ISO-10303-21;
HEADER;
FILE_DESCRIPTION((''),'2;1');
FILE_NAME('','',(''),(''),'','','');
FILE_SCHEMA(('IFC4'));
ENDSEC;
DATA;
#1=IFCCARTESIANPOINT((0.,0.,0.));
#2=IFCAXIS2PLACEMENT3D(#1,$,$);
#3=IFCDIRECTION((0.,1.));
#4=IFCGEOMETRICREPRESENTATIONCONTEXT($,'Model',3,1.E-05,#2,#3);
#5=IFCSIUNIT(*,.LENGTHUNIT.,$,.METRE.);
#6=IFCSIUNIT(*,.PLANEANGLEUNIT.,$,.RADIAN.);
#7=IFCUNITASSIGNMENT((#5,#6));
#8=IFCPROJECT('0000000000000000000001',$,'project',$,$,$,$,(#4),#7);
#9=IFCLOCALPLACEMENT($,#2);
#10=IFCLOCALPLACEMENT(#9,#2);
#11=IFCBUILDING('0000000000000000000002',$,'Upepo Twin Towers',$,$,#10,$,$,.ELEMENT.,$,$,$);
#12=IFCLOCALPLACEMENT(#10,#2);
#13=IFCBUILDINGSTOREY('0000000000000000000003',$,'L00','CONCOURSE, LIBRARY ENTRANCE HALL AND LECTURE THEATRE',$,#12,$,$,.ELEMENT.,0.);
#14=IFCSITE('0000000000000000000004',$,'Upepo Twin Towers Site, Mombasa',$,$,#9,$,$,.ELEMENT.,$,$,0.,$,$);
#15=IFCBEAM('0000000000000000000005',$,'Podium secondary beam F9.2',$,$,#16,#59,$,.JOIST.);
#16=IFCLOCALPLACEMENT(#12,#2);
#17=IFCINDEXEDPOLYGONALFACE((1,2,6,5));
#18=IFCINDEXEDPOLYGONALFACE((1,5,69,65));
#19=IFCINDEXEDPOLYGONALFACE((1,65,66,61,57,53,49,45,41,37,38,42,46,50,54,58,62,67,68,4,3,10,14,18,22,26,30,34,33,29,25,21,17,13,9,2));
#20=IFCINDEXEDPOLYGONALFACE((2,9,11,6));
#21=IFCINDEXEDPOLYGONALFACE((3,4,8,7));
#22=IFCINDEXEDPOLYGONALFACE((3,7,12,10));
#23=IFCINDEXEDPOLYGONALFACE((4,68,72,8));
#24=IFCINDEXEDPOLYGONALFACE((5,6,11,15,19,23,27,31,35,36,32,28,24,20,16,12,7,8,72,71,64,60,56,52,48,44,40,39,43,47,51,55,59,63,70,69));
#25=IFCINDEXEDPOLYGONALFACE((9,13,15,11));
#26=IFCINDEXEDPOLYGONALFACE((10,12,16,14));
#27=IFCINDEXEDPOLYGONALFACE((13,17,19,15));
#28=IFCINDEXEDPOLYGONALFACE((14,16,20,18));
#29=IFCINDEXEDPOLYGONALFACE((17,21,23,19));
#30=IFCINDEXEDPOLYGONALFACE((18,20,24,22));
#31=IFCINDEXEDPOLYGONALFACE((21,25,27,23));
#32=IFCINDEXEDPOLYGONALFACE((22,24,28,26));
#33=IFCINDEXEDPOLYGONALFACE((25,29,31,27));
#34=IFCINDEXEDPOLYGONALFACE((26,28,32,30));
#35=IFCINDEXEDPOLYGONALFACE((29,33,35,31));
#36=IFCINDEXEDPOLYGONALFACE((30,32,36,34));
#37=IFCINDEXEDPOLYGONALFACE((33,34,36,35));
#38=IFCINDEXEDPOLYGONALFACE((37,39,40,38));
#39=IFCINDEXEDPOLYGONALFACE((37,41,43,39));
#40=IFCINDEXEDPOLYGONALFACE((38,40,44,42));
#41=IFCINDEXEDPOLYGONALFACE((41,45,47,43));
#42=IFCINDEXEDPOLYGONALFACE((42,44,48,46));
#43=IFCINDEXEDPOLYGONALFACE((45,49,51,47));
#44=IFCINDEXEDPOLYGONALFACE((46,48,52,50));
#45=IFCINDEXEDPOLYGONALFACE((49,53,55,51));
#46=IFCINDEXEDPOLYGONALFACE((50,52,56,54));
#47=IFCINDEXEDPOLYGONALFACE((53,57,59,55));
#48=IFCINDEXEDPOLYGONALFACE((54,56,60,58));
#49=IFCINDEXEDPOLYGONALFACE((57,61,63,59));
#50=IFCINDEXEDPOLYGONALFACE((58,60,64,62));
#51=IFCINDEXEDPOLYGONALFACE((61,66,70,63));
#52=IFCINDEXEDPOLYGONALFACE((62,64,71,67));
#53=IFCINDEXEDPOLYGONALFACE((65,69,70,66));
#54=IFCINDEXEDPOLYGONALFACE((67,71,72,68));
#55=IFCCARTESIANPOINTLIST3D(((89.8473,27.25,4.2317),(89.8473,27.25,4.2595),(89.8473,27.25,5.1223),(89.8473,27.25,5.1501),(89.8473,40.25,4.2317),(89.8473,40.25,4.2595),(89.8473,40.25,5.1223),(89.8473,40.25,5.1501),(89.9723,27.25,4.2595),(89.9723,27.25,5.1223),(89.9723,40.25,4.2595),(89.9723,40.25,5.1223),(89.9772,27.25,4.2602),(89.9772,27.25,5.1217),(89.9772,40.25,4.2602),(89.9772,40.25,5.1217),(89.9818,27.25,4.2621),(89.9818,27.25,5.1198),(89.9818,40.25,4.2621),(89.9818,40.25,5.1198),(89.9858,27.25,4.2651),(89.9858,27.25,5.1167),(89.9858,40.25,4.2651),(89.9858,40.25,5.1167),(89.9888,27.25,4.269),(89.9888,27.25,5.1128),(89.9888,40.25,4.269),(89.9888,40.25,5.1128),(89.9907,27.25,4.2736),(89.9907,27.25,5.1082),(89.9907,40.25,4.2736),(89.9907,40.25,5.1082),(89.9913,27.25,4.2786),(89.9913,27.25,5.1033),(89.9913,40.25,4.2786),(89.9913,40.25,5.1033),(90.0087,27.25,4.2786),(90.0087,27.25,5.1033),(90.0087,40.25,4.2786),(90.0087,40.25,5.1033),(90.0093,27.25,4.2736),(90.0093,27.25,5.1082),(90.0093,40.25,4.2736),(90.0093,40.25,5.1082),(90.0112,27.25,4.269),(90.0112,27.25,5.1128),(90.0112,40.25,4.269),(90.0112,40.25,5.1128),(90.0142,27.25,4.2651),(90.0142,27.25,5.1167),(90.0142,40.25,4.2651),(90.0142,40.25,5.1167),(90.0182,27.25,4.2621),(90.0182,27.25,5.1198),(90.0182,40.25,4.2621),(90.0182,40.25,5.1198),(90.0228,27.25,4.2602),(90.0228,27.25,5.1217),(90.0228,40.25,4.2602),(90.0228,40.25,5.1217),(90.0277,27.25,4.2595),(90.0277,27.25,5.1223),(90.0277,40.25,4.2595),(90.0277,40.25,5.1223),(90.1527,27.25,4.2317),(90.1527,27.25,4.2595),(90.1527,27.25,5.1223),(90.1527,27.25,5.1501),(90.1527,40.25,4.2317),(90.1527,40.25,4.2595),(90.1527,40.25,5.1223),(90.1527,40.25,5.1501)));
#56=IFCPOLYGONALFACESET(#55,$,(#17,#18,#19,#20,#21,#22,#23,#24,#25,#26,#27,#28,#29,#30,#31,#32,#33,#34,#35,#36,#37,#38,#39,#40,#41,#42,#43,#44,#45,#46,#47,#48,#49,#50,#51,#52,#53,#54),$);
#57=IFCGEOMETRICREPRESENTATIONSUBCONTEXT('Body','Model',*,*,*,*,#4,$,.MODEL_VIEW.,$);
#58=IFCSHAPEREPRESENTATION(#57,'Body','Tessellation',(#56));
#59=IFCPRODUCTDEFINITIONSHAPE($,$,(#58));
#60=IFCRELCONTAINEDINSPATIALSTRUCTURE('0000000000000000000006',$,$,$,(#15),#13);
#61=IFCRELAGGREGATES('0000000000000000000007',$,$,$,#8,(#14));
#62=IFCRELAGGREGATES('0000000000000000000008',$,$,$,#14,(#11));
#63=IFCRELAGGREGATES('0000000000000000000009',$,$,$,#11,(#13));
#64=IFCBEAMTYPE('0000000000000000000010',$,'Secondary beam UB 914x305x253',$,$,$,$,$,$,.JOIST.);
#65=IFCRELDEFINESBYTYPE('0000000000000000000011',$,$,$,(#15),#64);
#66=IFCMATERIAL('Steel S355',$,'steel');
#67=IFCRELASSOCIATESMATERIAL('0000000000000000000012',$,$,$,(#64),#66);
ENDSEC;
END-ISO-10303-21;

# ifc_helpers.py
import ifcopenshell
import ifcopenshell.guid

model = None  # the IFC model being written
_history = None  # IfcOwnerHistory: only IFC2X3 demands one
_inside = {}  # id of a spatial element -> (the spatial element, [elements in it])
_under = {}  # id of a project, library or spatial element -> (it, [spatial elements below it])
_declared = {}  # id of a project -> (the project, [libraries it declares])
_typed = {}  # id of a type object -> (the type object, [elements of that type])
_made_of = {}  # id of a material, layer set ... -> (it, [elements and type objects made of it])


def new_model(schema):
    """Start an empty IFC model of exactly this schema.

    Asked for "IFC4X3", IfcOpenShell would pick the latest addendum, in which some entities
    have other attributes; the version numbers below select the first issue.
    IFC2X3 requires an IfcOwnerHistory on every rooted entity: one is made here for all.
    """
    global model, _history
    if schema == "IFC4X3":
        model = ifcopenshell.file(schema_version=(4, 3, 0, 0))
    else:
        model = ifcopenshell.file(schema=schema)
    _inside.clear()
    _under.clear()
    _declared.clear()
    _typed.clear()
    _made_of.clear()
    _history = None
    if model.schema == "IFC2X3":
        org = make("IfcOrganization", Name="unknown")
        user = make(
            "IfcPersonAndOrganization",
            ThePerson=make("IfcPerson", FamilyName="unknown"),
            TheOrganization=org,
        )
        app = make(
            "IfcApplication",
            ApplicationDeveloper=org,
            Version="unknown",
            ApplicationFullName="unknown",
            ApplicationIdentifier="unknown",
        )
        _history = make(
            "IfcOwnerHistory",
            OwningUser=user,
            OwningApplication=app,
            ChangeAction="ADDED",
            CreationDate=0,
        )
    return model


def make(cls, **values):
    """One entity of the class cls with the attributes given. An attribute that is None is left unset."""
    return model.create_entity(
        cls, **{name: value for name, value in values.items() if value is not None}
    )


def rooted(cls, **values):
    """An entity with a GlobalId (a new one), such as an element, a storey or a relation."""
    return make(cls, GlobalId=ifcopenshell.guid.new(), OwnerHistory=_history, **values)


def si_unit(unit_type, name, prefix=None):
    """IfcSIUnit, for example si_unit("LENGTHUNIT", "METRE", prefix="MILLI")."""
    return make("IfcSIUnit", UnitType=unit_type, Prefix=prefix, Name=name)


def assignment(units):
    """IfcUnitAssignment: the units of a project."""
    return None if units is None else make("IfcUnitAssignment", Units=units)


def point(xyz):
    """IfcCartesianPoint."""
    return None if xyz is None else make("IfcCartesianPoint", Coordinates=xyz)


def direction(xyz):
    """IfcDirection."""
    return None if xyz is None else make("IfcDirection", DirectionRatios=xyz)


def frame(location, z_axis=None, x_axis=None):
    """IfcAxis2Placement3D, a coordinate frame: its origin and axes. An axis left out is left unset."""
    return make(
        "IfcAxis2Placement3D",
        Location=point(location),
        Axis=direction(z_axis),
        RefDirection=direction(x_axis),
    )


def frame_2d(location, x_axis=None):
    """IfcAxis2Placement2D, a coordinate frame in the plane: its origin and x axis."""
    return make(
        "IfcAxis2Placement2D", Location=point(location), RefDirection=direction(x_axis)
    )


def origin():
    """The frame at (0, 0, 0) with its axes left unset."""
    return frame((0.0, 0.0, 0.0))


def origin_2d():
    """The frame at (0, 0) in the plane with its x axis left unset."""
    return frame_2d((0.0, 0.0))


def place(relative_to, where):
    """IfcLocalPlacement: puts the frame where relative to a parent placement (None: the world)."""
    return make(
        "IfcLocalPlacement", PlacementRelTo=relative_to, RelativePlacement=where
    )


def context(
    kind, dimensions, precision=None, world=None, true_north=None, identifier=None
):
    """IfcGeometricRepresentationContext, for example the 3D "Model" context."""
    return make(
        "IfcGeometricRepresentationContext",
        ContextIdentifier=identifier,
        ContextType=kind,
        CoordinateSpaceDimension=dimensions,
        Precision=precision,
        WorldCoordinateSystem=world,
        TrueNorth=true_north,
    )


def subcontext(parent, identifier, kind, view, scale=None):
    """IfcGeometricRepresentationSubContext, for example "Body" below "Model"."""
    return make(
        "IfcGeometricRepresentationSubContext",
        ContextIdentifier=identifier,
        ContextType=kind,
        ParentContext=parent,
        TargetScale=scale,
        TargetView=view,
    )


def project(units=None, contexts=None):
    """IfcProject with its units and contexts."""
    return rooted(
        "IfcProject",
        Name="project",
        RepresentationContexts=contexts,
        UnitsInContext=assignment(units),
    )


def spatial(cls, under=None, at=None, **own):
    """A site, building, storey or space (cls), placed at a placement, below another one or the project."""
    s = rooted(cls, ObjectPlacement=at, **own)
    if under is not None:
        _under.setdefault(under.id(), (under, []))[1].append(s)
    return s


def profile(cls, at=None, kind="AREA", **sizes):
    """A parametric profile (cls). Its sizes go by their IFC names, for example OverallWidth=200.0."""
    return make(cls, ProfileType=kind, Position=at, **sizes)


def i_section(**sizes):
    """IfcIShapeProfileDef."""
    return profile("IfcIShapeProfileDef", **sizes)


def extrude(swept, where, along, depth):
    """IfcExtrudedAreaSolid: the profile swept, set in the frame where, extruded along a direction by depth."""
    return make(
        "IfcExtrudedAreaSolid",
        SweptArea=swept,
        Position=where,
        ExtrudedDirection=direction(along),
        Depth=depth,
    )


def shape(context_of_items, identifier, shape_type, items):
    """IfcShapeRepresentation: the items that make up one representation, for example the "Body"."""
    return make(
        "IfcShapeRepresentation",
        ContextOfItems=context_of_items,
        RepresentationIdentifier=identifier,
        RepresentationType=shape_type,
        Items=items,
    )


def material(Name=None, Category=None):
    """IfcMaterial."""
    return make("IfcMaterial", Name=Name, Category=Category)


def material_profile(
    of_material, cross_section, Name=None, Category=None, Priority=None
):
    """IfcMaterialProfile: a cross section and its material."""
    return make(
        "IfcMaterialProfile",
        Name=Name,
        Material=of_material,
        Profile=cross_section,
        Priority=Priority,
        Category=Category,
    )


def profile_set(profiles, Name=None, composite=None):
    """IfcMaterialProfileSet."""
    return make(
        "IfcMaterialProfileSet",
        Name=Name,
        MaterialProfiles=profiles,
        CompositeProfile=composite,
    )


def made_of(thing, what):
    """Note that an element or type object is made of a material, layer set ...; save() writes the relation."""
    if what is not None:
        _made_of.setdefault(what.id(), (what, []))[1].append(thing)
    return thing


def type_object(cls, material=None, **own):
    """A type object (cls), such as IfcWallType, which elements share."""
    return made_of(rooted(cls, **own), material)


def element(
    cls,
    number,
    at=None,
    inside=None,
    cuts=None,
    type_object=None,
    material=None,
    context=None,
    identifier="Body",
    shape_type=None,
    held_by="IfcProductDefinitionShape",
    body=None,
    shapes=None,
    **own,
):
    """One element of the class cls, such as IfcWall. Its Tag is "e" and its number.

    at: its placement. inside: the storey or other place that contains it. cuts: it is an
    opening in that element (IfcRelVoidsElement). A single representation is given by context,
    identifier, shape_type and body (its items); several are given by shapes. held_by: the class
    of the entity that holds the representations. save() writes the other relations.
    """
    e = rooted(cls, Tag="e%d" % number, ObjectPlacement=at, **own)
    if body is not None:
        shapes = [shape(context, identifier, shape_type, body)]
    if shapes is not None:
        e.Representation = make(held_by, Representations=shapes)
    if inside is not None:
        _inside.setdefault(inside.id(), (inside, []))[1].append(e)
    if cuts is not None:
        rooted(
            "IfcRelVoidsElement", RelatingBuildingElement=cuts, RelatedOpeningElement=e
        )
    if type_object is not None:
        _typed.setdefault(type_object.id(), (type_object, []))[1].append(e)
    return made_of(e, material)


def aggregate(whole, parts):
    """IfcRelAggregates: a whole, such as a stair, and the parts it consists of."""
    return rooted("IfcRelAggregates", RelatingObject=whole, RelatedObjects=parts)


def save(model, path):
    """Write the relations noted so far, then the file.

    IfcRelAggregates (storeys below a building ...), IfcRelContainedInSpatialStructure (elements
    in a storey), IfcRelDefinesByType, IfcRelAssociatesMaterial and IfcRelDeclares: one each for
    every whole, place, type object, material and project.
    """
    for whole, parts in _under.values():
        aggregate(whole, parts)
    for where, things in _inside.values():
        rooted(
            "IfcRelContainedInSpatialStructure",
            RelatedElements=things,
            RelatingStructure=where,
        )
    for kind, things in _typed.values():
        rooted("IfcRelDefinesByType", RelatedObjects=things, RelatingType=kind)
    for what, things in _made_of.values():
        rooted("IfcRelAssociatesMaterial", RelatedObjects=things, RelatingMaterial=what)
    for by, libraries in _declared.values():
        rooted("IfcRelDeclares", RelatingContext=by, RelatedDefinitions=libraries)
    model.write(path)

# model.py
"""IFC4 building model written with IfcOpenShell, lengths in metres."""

from ifc_helpers import new_model, si_unit, direction, frame, origin, origin_2d, place, context, subcontext, project, spatial, i_section, extrude, material, material_profile, profile_set, type_object, element, save


model = new_model("IFC4")

# Units and contexts
model_context = context("Model", 3, precision=1e-05, world=origin(), true_north=direction((0.0, 1.0)))
body_context = subcontext(model_context, "Body", "Model", "MODEL_VIEW")
ifc_project = project(units=[si_unit("LENGTHUNIT", "METRE"), si_unit("PLANEANGLEUNIT", "RADIAN")], contexts=[model_context])

# Site, building, storey
site_placement = place(None, origin())
site = spatial("IfcSite", under=ifc_project, at=site_placement, Name="Upepo Twin Towers Site, Mombasa", CompositionType="ELEMENT", RefElevation=0.0)
building_placement = place(site_placement, origin())
building = spatial("IfcBuilding", under=site, at=building_placement, Name="Upepo Twin Towers", CompositionType="ELEMENT")
storey_placement = place(building_placement, origin())
storey = spatial("IfcBuildingStorey", under=building, at=storey_placement, Name="L00", Description="CONCOURSE, LIBRARY ENTRANCE HALL AND LECTURE THEATRE", CompositionType="ELEMENT", Elevation=0.0)

# Beam
ifc_material_1 = material(Name="Steel S355", Category="steel")
ifc_material_profile_1 = material_profile(ifc_material_1, i_section(OverallWidth=0.3054, OverallDepth=0.9185, WebThickness=0.0173, FlangeThickness=0.0278, FilletRadius=0.019, at=origin_2d()), Name="UB 914x305x253")
ifc_profile_set_1 = profile_set([ifc_material_profile_1], Name="Steel S355")
beam_type_1 = type_object("IfcBeamType", Name="Secondary beam UB 914x305x253", PredefinedType="JOIST", material=ifc_profile_set_1)
for number, where, z_axis, x_axis, name in (
    (1, (90.0, 27.25, 4.6909), (0.0, 1.0, 0.0), (-1.0, 0.0, 0.0), "Podium secondary beam F9.2"),
):
    element("IfcBeam", number, at=place(storey_placement, frame(where, z_axis=z_axis, x_axis=x_axis)), inside=storey, type_object=beam_type_1, Name=name, PredefinedType="JOIST", context=body_context, shape_type="SweptSolid", body=[
        extrude(i_section(OverallWidth=0.3054, OverallDepth=0.9185, WebThickness=0.0173, FlangeThickness=0.0278, FilletRadius=0.019, at=origin_2d()), origin(), (0.0, 0.0, 1.0), 13.0),
    ])

save(model, "model.ifc")
